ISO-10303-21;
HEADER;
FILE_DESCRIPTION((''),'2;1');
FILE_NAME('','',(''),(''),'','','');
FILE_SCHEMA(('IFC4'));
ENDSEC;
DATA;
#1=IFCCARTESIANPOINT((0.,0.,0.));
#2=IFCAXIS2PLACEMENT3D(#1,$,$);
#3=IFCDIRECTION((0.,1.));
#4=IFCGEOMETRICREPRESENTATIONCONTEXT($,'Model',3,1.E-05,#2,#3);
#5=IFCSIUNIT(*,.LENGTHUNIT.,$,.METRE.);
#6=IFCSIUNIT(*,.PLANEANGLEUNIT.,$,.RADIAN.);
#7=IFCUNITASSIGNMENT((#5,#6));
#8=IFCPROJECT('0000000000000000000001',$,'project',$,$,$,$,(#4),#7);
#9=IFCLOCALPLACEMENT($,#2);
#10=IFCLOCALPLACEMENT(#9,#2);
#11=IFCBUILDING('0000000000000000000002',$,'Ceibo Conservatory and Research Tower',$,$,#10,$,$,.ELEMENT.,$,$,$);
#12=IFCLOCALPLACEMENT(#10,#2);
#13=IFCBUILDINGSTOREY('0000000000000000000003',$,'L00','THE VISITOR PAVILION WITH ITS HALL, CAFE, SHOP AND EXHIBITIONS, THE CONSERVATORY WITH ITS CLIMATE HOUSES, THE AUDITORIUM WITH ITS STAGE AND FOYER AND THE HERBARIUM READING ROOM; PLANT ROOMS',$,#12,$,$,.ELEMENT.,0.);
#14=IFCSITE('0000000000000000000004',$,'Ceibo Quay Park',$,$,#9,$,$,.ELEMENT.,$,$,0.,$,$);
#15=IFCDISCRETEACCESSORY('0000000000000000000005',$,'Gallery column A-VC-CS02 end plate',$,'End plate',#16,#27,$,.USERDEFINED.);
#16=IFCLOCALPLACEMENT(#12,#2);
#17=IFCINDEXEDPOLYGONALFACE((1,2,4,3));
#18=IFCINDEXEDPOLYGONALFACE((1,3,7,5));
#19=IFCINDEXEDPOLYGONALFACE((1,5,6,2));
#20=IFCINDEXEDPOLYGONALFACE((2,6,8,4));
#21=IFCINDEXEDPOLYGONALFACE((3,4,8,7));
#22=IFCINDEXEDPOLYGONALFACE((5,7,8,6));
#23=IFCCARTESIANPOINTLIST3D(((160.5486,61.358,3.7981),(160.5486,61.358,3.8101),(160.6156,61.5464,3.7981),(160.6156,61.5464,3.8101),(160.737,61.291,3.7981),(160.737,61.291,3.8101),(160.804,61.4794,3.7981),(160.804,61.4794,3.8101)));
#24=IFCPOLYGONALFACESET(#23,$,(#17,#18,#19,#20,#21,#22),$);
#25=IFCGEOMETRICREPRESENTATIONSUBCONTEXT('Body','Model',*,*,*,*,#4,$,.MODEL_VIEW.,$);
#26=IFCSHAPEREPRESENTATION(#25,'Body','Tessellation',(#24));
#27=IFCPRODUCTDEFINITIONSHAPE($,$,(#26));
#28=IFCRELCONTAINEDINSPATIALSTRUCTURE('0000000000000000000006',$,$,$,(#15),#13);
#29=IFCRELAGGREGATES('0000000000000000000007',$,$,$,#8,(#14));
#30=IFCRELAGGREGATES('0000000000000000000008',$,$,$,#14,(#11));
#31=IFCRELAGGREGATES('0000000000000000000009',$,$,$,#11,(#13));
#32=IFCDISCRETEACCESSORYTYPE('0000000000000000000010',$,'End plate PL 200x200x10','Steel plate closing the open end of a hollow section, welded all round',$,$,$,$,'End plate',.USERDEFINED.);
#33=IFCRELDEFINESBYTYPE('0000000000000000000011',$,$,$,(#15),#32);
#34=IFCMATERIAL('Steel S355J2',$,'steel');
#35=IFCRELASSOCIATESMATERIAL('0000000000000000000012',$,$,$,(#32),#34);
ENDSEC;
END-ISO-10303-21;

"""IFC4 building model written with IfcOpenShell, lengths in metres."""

from ifc_helpers import new_model, si_unit, direction, frame, origin, origin_2d, place, context, subcontext, project, spatial, rectangle, extrude, material, material_profile, profile_set, type_object, element, save


model = new_model("IFC4")

# Units and contexts
model_context = context("Model", 3, precision=1e-05, world=origin(), true_north=direction((0.0, 1.0)))
body_context = subcontext(model_context, "Body", "Model", "MODEL_VIEW")
ifc_project = project(units=[si_unit("LENGTHUNIT", "METRE"), si_unit("PLANEANGLEUNIT", "RADIAN")], contexts=[model_context])

# Site, building, storey
site_placement = place(None, origin())
site = spatial("IfcSite", under=ifc_project, at=site_placement, Name="Ceibo Quay Park", CompositionType="ELEMENT", RefElevation=0.0)
building_placement = place(site_placement, origin())
building = spatial("IfcBuilding", under=site, at=building_placement, Name="Ceibo Conservatory and Research Tower", CompositionType="ELEMENT")
storey_placement = place(building_placement, origin())
storey = spatial("IfcBuildingStorey", under=building, at=storey_placement, Name="L00", Description="THE VISITOR PAVILION WITH ITS HALL, CAFE, SHOP AND EXHIBITIONS, THE CONSERVATORY WITH ITS CLIMATE HOUSES, THE AUDITORIUM WITH ITS STAGE AND FOYER AND THE HERBARIUM READING ROOM; PLANT ROOMS", CompositionType="ELEMENT", Elevation=0.0)

# Discrete accessory
ifc_material_1 = material(Name="Steel S355J2", Category="steel")
ifc_material_profile_1 = material_profile(ifc_material_1, rectangle(XDim=0.2, YDim=0.2, at=origin_2d()), Name="End plate PL 200x200x10")
ifc_profile_set_1 = profile_set([ifc_material_profile_1], Name="Steel S355J2")
discrete_accessory_type_1 = type_object("IfcDiscreteAccessoryType", Name="End plate PL 200x200x10", Description="Steel plate closing the open end of a hollow section, welded all round", ElementType="End plate", PredefinedType="USERDEFINED", material=ifc_profile_set_1)
discrete_accessory_1_placement = place(storey_placement, frame((160.6763, 61.4187, 3.7981), z_axis=(0.0, 0.0, 1.0), x_axis=(-0.33504, -0.942204, 0.0)))
element("IfcDiscreteAccessory", 1, at=discrete_accessory_1_placement, inside=storey, type_object=discrete_accessory_type_1, Name="Gallery column A-VC-CS02 end plate", ObjectType="End plate", PredefinedType="USERDEFINED", context=body_context, shape_type="SweptSolid", body=[
    extrude(rectangle(XDim=0.2, YDim=0.2, at=origin_2d()), origin(), (0.0, 0.0, 1.0), 0.012),
])

save(model, "model.ifc")
